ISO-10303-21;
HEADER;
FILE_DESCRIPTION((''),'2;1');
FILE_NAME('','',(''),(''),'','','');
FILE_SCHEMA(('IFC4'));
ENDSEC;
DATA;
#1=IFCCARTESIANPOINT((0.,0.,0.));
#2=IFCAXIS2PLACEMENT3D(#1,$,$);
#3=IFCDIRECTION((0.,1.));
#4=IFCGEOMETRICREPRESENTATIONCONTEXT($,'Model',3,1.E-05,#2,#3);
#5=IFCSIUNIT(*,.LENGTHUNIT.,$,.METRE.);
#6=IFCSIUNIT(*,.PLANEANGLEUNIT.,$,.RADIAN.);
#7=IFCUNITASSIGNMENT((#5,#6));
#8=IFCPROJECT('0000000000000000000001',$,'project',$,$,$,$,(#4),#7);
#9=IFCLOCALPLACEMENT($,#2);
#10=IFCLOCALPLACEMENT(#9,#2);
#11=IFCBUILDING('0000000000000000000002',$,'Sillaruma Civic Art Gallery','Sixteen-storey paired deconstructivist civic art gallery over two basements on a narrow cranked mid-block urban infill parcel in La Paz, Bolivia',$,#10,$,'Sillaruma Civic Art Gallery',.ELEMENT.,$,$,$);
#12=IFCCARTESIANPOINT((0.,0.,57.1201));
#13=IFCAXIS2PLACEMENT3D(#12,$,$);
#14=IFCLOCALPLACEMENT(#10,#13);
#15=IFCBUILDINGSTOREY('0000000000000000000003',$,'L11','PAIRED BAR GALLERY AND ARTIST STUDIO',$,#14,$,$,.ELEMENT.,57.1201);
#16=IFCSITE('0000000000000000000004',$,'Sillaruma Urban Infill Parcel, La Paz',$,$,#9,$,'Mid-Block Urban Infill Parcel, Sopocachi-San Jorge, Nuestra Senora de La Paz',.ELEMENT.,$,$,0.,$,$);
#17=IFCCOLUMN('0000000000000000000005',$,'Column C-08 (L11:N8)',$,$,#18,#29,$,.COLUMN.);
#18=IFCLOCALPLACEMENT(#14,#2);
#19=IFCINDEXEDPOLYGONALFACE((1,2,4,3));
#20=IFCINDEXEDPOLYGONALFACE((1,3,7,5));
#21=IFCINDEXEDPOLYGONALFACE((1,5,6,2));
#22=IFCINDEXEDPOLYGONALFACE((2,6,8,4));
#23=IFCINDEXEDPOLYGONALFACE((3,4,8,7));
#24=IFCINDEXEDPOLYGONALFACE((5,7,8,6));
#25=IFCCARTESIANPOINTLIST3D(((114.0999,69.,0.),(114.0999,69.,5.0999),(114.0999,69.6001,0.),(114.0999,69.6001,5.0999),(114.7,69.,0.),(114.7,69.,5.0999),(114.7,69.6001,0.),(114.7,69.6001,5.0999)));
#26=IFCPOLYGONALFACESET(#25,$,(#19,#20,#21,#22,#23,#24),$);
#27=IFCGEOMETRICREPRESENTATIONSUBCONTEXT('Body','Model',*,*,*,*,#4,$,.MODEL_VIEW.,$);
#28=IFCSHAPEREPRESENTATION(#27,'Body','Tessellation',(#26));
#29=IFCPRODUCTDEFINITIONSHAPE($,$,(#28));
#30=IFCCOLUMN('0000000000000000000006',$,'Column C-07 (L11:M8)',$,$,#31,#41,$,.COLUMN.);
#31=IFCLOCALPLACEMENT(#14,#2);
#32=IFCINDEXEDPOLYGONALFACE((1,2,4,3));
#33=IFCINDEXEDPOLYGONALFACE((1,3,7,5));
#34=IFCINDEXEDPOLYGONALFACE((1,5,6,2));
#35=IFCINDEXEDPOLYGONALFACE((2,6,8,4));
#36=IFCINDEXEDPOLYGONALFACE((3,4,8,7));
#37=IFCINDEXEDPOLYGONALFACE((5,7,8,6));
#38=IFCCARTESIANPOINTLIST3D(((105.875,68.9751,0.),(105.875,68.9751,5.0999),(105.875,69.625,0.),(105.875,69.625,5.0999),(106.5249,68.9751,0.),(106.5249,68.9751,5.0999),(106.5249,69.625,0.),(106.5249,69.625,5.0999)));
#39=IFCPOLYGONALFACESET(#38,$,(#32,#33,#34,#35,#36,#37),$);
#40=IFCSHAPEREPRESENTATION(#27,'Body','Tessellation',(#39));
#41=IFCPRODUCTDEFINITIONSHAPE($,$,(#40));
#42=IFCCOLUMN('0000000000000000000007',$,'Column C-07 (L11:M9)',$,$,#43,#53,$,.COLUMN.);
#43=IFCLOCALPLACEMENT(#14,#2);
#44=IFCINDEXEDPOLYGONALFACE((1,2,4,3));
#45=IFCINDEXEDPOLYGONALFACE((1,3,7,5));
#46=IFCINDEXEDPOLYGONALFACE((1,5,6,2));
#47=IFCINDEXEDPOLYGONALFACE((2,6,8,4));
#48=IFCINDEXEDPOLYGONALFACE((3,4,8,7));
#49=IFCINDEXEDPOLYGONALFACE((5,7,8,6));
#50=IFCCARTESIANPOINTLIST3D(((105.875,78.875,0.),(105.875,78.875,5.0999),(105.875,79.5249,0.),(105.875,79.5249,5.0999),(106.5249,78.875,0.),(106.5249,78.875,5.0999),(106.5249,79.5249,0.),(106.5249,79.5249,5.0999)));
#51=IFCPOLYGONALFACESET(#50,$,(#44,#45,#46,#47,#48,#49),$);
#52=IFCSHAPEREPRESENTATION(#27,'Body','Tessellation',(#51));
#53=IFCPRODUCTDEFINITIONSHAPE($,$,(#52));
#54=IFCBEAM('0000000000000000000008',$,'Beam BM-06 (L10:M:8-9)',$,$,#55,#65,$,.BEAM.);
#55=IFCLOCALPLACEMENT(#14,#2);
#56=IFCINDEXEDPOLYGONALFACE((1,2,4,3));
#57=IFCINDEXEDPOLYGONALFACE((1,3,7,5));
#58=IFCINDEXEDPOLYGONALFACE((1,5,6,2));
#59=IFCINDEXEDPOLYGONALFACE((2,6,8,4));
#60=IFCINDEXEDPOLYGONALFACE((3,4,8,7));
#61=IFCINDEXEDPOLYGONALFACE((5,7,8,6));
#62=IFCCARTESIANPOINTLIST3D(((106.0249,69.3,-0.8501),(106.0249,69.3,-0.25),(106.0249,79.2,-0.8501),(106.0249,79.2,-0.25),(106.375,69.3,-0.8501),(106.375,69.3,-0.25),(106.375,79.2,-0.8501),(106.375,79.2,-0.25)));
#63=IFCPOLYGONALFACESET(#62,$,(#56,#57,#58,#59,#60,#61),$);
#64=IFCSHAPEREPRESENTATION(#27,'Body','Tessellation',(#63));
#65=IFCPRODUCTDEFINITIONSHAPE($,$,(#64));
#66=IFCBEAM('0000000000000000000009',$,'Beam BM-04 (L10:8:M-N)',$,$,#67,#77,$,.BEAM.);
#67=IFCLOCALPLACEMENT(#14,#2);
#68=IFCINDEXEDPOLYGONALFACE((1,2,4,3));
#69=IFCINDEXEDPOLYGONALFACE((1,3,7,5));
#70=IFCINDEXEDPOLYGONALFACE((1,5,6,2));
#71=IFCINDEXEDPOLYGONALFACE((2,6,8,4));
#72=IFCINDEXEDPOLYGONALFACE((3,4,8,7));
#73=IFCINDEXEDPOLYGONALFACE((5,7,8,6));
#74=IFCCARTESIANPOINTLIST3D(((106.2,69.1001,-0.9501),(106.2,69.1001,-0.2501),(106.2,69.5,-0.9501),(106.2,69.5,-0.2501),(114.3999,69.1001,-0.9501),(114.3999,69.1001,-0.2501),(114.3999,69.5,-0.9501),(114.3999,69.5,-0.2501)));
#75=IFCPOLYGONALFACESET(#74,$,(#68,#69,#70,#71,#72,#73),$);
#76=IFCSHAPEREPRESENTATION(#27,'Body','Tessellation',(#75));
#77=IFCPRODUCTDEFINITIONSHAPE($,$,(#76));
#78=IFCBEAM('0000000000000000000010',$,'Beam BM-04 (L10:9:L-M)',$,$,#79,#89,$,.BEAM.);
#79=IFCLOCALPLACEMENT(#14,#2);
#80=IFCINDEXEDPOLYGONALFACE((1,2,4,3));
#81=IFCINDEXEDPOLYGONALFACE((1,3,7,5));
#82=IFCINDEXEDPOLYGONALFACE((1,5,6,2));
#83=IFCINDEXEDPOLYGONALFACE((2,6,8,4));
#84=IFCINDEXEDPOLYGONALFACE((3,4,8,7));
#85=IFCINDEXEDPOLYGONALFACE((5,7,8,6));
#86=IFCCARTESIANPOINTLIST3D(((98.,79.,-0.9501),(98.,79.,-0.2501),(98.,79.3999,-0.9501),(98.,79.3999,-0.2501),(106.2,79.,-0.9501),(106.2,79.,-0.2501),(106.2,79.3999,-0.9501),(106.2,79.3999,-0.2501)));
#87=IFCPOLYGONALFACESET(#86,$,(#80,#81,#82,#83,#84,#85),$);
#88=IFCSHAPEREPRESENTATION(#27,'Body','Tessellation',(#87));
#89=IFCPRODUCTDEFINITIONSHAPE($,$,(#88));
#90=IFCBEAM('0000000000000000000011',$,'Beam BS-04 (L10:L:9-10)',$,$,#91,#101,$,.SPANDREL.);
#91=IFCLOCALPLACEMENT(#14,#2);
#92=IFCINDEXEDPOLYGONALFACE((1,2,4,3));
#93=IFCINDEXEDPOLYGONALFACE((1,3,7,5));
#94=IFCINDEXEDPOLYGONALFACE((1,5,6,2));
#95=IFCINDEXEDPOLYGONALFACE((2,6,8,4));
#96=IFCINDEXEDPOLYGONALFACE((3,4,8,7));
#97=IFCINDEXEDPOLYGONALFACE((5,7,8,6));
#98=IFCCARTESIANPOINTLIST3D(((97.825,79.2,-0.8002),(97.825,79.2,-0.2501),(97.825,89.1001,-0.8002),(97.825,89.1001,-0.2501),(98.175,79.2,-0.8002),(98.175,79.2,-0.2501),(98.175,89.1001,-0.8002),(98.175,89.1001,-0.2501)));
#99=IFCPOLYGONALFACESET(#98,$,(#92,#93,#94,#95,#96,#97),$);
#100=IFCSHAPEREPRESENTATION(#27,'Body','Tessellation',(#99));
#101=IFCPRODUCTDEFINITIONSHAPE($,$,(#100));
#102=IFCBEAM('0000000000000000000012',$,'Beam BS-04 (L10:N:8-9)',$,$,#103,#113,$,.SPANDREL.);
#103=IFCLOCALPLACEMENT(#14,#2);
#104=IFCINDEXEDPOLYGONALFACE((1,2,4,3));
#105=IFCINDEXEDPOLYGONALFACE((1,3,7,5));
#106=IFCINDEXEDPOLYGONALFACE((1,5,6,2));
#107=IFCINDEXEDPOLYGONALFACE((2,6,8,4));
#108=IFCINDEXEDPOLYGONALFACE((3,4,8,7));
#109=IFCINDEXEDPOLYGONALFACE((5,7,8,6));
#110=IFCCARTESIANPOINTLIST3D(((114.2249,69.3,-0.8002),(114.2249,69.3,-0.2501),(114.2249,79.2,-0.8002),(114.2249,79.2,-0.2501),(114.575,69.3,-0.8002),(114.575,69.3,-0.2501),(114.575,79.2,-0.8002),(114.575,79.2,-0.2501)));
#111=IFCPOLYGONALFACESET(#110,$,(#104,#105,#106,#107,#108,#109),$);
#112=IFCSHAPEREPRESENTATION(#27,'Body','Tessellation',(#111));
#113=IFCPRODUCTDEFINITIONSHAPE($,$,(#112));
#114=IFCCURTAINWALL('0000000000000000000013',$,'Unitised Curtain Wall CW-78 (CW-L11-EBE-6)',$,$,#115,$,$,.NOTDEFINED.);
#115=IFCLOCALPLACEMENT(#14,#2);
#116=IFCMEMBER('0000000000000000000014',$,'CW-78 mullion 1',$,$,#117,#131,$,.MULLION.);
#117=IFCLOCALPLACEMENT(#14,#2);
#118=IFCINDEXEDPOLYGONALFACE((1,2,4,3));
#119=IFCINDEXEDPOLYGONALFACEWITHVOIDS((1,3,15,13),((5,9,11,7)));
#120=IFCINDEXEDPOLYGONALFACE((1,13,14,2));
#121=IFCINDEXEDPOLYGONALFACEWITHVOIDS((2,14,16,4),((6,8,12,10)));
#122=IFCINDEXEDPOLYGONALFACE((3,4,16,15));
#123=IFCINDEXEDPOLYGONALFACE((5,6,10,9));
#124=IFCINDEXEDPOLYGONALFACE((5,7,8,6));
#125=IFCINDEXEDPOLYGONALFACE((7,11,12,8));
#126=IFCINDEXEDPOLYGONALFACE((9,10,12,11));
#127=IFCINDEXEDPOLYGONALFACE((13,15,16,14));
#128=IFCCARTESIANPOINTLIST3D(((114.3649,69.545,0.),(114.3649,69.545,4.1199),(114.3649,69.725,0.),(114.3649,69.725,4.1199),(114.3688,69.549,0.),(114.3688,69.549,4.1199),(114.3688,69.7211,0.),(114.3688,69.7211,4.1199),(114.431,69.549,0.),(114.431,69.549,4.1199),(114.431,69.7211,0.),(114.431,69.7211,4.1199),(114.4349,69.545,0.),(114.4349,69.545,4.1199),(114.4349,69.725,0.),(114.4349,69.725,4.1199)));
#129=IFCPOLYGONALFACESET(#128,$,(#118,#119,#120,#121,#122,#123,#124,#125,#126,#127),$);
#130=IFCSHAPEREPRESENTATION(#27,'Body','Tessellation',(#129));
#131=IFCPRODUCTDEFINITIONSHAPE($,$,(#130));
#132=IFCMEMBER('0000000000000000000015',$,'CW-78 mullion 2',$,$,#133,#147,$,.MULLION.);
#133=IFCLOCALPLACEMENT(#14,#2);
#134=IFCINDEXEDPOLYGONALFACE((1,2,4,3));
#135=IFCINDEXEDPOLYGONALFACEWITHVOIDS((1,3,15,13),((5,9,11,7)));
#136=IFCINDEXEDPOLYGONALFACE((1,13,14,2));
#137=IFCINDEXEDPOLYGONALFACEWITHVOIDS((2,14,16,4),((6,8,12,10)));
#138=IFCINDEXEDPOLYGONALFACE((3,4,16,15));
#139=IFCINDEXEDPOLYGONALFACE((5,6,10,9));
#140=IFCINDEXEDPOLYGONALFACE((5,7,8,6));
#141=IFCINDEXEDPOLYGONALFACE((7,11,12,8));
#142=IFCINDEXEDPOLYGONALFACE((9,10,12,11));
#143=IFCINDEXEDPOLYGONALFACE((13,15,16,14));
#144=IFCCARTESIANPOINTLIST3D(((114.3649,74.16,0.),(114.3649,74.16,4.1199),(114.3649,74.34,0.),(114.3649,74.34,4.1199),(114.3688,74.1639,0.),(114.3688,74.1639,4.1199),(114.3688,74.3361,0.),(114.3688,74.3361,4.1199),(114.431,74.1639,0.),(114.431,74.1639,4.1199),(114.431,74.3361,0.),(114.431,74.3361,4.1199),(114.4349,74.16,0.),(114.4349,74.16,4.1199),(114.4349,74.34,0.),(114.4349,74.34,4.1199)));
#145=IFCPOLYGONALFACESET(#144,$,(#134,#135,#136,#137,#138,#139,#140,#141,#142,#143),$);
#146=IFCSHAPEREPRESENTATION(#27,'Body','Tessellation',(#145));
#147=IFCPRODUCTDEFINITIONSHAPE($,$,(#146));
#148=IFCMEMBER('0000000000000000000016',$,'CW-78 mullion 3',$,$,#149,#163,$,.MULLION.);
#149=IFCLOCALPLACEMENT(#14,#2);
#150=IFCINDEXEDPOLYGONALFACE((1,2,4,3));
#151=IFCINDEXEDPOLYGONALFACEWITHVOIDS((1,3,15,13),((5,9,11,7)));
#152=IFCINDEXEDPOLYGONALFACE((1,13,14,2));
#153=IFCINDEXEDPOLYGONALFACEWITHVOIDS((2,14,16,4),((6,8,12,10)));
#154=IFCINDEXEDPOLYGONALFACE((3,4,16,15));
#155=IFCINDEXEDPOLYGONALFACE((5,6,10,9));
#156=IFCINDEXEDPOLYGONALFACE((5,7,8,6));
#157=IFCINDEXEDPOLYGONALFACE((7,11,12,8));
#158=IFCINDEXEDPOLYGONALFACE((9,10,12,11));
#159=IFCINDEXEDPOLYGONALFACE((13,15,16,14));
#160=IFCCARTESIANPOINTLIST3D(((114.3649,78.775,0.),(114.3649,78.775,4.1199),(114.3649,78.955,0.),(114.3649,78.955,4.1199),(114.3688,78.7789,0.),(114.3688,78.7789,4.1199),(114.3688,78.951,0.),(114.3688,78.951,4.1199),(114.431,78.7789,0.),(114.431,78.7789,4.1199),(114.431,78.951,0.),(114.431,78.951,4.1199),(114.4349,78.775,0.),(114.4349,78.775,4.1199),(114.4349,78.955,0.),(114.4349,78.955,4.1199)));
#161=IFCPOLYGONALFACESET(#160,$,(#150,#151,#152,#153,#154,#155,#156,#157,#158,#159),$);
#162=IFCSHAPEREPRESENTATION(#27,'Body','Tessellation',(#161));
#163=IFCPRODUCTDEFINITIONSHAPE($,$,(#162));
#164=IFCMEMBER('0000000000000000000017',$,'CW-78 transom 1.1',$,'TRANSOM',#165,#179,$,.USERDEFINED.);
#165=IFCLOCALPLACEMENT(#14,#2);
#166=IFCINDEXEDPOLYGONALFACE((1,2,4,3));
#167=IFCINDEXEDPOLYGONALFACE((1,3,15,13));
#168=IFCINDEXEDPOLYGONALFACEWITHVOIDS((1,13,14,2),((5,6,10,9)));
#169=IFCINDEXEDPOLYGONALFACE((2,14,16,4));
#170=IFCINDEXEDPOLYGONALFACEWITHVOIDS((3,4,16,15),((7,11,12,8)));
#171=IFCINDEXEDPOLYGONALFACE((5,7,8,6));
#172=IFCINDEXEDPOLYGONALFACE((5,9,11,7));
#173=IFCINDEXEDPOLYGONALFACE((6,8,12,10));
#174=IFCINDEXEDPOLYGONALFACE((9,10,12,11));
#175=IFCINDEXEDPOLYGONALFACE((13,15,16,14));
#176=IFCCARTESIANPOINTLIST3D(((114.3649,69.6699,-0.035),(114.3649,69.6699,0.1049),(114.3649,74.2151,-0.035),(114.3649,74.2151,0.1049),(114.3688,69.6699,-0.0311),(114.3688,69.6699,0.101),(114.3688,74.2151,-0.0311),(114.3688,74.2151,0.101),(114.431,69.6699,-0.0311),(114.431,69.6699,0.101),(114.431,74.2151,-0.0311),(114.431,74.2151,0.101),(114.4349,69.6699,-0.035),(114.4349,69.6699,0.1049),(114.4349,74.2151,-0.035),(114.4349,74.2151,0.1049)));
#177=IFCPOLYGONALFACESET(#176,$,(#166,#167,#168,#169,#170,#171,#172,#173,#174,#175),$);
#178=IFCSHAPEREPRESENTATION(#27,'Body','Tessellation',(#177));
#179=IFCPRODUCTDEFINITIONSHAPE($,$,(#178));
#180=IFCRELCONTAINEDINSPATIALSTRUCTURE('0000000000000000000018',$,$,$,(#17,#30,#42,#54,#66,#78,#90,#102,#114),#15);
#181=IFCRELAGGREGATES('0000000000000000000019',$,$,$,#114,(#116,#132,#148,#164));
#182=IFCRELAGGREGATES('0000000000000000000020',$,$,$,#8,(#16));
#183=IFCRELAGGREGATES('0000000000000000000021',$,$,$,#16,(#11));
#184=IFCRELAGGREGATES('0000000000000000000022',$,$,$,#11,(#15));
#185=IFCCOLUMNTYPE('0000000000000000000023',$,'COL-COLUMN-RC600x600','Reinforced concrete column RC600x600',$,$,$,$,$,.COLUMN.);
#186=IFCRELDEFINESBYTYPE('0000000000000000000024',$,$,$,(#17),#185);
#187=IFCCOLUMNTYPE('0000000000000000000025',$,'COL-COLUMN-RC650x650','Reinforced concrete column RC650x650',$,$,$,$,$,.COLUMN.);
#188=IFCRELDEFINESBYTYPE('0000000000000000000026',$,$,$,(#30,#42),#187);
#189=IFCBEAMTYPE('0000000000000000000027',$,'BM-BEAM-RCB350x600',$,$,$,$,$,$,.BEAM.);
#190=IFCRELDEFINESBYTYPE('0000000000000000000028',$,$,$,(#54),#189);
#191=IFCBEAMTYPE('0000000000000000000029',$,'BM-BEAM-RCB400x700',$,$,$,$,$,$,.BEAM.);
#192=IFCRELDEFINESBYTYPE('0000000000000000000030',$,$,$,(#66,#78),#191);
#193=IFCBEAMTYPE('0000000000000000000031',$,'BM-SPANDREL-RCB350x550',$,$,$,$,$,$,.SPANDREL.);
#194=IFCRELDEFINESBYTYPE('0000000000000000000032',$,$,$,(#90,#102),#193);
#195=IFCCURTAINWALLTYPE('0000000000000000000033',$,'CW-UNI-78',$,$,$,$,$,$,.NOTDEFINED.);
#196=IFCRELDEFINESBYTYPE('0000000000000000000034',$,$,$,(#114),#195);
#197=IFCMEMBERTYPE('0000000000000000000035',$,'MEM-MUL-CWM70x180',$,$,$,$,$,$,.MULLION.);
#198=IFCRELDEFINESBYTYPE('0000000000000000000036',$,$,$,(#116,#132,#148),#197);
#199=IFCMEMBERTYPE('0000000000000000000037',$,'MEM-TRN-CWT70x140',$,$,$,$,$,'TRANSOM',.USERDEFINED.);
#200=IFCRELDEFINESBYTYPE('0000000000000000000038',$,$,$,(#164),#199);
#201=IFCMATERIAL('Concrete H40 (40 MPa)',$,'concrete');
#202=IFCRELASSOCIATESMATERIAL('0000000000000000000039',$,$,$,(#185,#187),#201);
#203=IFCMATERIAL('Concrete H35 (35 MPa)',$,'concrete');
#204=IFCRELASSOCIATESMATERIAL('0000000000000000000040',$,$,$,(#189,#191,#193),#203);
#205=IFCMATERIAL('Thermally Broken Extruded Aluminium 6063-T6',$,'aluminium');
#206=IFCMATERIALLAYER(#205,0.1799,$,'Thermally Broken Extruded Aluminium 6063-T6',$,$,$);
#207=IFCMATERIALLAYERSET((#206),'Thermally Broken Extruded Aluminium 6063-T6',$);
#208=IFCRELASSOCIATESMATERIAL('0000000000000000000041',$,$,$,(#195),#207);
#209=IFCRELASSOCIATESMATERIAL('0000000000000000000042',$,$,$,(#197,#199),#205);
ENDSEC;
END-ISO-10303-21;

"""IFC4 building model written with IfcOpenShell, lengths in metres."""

from ifc_helpers import new_model, si_unit, direction, frame, origin, origin_2d, place, context, subcontext, project, spatial, rectangle, hollow_rectangle, extrude, material, layer, layer_set, material_profile, profile_set, type_object, element, aggregate, save


model = new_model("IFC4")

# Units and contexts
model_context = context("Model", 3, precision=1e-05, world=origin(), true_north=direction((0.0, 1.0)))
body_context = subcontext(model_context, "Body", "Model", "MODEL_VIEW")
ifc_project = project(units=[si_unit("LENGTHUNIT", "METRE"), si_unit("PLANEANGLEUNIT", "RADIAN")], contexts=[model_context])

# Site, building, storey
site_placement = place(None, origin())
site = spatial("IfcSite", under=ifc_project, at=site_placement, Name="Sillaruma Urban Infill Parcel, La Paz", LongName="Mid-Block Urban Infill Parcel, Sopocachi-San Jorge, Nuestra Senora de La Paz", CompositionType="ELEMENT", RefElevation=0.0)
building_placement = place(site_placement, origin())
building = spatial("IfcBuilding", under=site, at=building_placement, Name="Sillaruma Civic Art Gallery", Description="Sixteen-storey paired deconstructivist civic art gallery over two basements on a narrow cranked mid-block urban infill parcel in La Paz, Bolivia", LongName="Sillaruma Civic Art Gallery", CompositionType="ELEMENT")
storey_placement = place(building_placement, frame((0.0, 0.0, 57.1201)))
storey = spatial("IfcBuildingStorey", under=building, at=storey_placement, Name="L11", Description="PAIRED BAR GALLERY AND ARTIST STUDIO", CompositionType="ELEMENT", Elevation=57.1201)

# Columns
ifc_material_1 = material(Name="Concrete H40 (40 MPa)", Category="concrete")
ifc_material_profile_1 = material_profile(ifc_material_1, rectangle(XDim=0.6001, YDim=0.6001, at=origin_2d()), Name="RC600x600")
ifc_profile_set_1 = profile_set([ifc_material_profile_1], Name="Concrete H40 (40 MPa)")
column_type_1 = type_object("IfcColumnType", Name="COL-COLUMN-RC600x600", Description="Reinforced concrete column RC600x600", PredefinedType="COLUMN", material=ifc_profile_set_1)
column_placement = place(storey_placement, frame((114.3999, 69.3, 0.0), z_axis=(0.0, 0.0, 1.0), x_axis=(1.0, 0.0, 0.0)))
element("IfcColumn", 1, at=column_placement, inside=storey, type_object=column_type_1, Name="Column C-08 (L11:N8)", PredefinedType="COLUMN", context=body_context, shape_type="SweptSolid", body=[
    extrude(rectangle(XDim=0.6001, YDim=0.6001, at=origin_2d()), origin(), (0.0, 0.0, 1.0), 5.0999),
])
ifc_material_profile_2 = material_profile(ifc_material_1, rectangle(XDim=0.6499, YDim=0.6499, at=origin_2d()), Name="RC650x650")
ifc_profile_set_2 = profile_set([ifc_material_profile_2], Name="Concrete H40 (40 MPa)")
column_type_2 = type_object("IfcColumnType", Name="COL-COLUMN-RC650x650", Description="Reinforced concrete column RC650x650", PredefinedType="COLUMN", material=ifc_profile_set_2)
for number, where, z_axis, x_axis, name in (
    (2, (106.2, 69.3, 0.0), (0.0, 0.0, 1.0), (1.0, 0.0, 0.0), "Column C-07 (L11:M8)"),
    (3, (106.2, 79.2, 0.0), (0.0, 0.0, 1.0), (1.0, 0.0, 0.0), "Column C-07 (L11:M9)"),
):
    element("IfcColumn", number, at=place(storey_placement, frame(where, z_axis=z_axis, x_axis=x_axis)), inside=storey, type_object=column_type_2, Name=name, PredefinedType="COLUMN", context=body_context, shape_type="SweptSolid", body=[
        extrude(rectangle(XDim=0.6499, YDim=0.6499, at=origin_2d()), origin(), (0.0, 0.0, 1.0), 5.0999),
    ])

# Beams
ifc_material_2 = material(Name="Concrete H35 (35 MPa)", Category="concrete")
ifc_material_profile_3 = material_profile(ifc_material_2, rectangle(XDim=0.3501, YDim=0.6001, at=origin_2d()), Name="RCB350x600")
ifc_profile_set_3 = profile_set([ifc_material_profile_3], Name="Concrete H35 (35 MPa)")
beam_type_1 = type_object("IfcBeamType", Name="BM-BEAM-RCB350x600", PredefinedType="BEAM", material=ifc_profile_set_3)
beam_1_placement = place(storey_placement, frame((106.2, 69.3, -0.55), z_axis=(0.0, 1.0, 0.0), x_axis=(-1.0, 0.0, 0.0)))
element("IfcBeam", 4, at=beam_1_placement, inside=storey, type_object=beam_type_1, Name="Beam BM-06 (L10:M:8-9)", PredefinedType="BEAM", context=body_context, shape_type="SweptSolid", body=[
    extrude(rectangle(XDim=0.3501, YDim=0.6001, at=origin_2d()), origin(), (0.0, 0.0, 1.0), 9.8999),
])
ifc_material_profile_4 = material_profile(ifc_material_2, rectangle(XDim=0.3999, YDim=0.7, at=origin_2d()), Name="RCB400x700")
ifc_profile_set_4 = profile_set([ifc_material_profile_4], Name="Concrete H35 (35 MPa)")
beam_type_2 = type_object("IfcBeamType", Name="BM-BEAM-RCB400x700", PredefinedType="BEAM", material=ifc_profile_set_4)
for number, where, z_axis, x_axis, name in (
    (5, (106.2, 69.3, -0.6001), (1.0, 0.0, 0.0), (0.0, 1.0, 0.0), "Beam BM-04 (L10:8:M-N)"),
    (6, (98.0, 79.2, -0.6001), (1.0, 0.0, 0.0), (0.0, 1.0, 0.0), "Beam BM-04 (L10:9:L-M)"),
):
    element("IfcBeam", number, at=place(storey_placement, frame(where, z_axis=z_axis, x_axis=x_axis)), inside=storey, type_object=beam_type_2, Name=name, PredefinedType="BEAM", context=body_context, shape_type="SweptSolid", body=[
        extrude(rectangle(XDim=0.3999, YDim=0.7, at=origin_2d()), origin(), (0.0, 0.0, 1.0), 8.2),
    ])
ifc_material_profile_5 = material_profile(ifc_material_2, rectangle(XDim=0.3501, YDim=0.55, at=origin_2d()), Name="RCB350x550")
ifc_profile_set_5 = profile_set([ifc_material_profile_5], Name="Concrete H35 (35 MPa)")
beam_type_3 = type_object("IfcBeamType", Name="BM-SPANDREL-RCB350x550", PredefinedType="SPANDREL", material=ifc_profile_set_5)
beam_2_placement = place(storey_placement, frame((98.0, 79.2, -0.5251), z_axis=(0.0, 1.0, 0.0), x_axis=(-1.0, 0.0, 0.0)))
element("IfcBeam", 7, at=beam_2_placement, inside=storey, type_object=beam_type_3, Name="Beam BS-04 (L10:L:9-10)", PredefinedType="SPANDREL", context=body_context, shape_type="SweptSolid", body=[
    extrude(rectangle(XDim=0.3501, YDim=0.55, at=origin_2d()), origin(), (0.0, 0.0, 1.0), 9.9001),
])
beam_3_placement = place(storey_placement, frame((114.3999, 69.3, -0.5251), z_axis=(0.0, 1.0, 0.0), x_axis=(-1.0, 0.0, 0.0)))
element("IfcBeam", 8, at=beam_3_placement, inside=storey, type_object=beam_type_3, Name="Beam BS-04 (L10:N:8-9)", PredefinedType="SPANDREL", context=body_context, shape_type="SweptSolid", body=[
    extrude(rectangle(XDim=0.3501, YDim=0.55, at=origin_2d()), origin(), (0.0, 0.0, 1.0), 9.8999),
])

# Curtain wall, members
ifc_material_3 = material(Name="Thermally Broken Extruded Aluminium 6063-T6", Category="aluminium")
ifc_layer_1 = layer(ifc_material_3, 0.1799, Name="Thermally Broken Extruded Aluminium 6063-T6")
ifc_layer_set_1 = layer_set([ifc_layer_1], Name="Thermally Broken Extruded Aluminium 6063-T6")
curtain_wall_type = type_object("IfcCurtainWallType", Name="CW-UNI-78", PredefinedType="NOTDEFINED", material=ifc_layer_set_1)
curtain_wall_placement = place(storey_placement, origin())
curtain_wall = element("IfcCurtainWall", 9, at=curtain_wall_placement, inside=storey, type_object=curtain_wall_type, Name="Unitised Curtain Wall CW-78 (CW-L11-EBE-6)", PredefinedType="NOTDEFINED")
ifc_material_profile_6 = material_profile(ifc_material_3, hollow_rectangle(XDim=0.0701, YDim=0.1799, WallThickness=0.0039, at=origin_2d()), Name="CWM70x180")
ifc_profile_set_6 = profile_set([ifc_material_profile_6], Name="Thermally Broken Extruded Aluminium 6063-T6")
member_type_1 = type_object("IfcMemberType", Name="MEM-MUL-CWM70x180", PredefinedType="MULLION", material=ifc_profile_set_6)
member_1_placement = place(storey_placement, frame((114.3999, 69.635, 0.0), z_axis=(0.0, 0.0, 1.0), x_axis=(-1.0, 0.0, 0.0)))
member_1 = element("IfcMember", 10, at=member_1_placement, type_object=member_type_1, Name="CW-78 mullion 1", PredefinedType="MULLION", context=body_context, shape_type="SweptSolid", body=[
    extrude(hollow_rectangle(XDim=0.0701, YDim=0.1799, WallThickness=0.0039, at=origin_2d()), origin(), (0.0, 0.0, 1.0), 4.1199),
])
member_2_placement = place(storey_placement, frame((114.3999, 74.25, 0.0), z_axis=(0.0, 0.0, 1.0), x_axis=(-1.0, 0.0, 0.0)))
member_2 = element("IfcMember", 11, at=member_2_placement, type_object=member_type_1, Name="CW-78 mullion 2", PredefinedType="MULLION", context=body_context, shape_type="SweptSolid", body=[
    extrude(hollow_rectangle(XDim=0.0701, YDim=0.1799, WallThickness=0.0039, at=origin_2d()), origin(), (0.0, 0.0, 1.0), 4.1199),
])
member_3_placement = place(storey_placement, frame((114.3999, 78.865, 0.0), z_axis=(0.0, 0.0, 1.0), x_axis=(-1.0, 0.0, 0.0)))
member_3 = element("IfcMember", 12, at=member_3_placement, type_object=member_type_1, Name="CW-78 mullion 3", PredefinedType="MULLION", context=body_context, shape_type="SweptSolid", body=[
    extrude(hollow_rectangle(XDim=0.0701, YDim=0.1799, WallThickness=0.0039, at=origin_2d()), origin(), (0.0, 0.0, 1.0), 4.1199),
])
ifc_material_profile_7 = material_profile(ifc_material_3, hollow_rectangle(XDim=0.0701, YDim=0.1399, WallThickness=0.0039, at=origin_2d()), Name="CWT70x140")
ifc_profile_set_7 = profile_set([ifc_material_profile_7], Name="Thermally Broken Extruded Aluminium 6063-T6")
member_type_2 = type_object("IfcMemberType", Name="MEM-TRN-CWT70x140", ElementType="TRANSOM", PredefinedType="USERDEFINED", material=ifc_profile_set_7)
member_4_placement = place(storey_placement, frame((114.3999, 69.6699, 0.0349), z_axis=(0.0, 1.0, 0.0), x_axis=(-1.0, 0.0, 0.0)))
member_4 = element("IfcMember", 13, at=member_4_placement, type_object=member_type_2, Name="CW-78 transom 1.1", ObjectType="TRANSOM", PredefinedType="USERDEFINED", context=body_context, shape_type="SweptSolid", body=[
    extrude(hollow_rectangle(XDim=0.0701, YDim=0.1399, WallThickness=0.0039, at=origin_2d()), origin(), (0.0, 0.0, 1.0), 4.5452),
])
aggregate(curtain_wall, [member_1, member_2, member_3, member_4])

save(model, "model.ifc")
